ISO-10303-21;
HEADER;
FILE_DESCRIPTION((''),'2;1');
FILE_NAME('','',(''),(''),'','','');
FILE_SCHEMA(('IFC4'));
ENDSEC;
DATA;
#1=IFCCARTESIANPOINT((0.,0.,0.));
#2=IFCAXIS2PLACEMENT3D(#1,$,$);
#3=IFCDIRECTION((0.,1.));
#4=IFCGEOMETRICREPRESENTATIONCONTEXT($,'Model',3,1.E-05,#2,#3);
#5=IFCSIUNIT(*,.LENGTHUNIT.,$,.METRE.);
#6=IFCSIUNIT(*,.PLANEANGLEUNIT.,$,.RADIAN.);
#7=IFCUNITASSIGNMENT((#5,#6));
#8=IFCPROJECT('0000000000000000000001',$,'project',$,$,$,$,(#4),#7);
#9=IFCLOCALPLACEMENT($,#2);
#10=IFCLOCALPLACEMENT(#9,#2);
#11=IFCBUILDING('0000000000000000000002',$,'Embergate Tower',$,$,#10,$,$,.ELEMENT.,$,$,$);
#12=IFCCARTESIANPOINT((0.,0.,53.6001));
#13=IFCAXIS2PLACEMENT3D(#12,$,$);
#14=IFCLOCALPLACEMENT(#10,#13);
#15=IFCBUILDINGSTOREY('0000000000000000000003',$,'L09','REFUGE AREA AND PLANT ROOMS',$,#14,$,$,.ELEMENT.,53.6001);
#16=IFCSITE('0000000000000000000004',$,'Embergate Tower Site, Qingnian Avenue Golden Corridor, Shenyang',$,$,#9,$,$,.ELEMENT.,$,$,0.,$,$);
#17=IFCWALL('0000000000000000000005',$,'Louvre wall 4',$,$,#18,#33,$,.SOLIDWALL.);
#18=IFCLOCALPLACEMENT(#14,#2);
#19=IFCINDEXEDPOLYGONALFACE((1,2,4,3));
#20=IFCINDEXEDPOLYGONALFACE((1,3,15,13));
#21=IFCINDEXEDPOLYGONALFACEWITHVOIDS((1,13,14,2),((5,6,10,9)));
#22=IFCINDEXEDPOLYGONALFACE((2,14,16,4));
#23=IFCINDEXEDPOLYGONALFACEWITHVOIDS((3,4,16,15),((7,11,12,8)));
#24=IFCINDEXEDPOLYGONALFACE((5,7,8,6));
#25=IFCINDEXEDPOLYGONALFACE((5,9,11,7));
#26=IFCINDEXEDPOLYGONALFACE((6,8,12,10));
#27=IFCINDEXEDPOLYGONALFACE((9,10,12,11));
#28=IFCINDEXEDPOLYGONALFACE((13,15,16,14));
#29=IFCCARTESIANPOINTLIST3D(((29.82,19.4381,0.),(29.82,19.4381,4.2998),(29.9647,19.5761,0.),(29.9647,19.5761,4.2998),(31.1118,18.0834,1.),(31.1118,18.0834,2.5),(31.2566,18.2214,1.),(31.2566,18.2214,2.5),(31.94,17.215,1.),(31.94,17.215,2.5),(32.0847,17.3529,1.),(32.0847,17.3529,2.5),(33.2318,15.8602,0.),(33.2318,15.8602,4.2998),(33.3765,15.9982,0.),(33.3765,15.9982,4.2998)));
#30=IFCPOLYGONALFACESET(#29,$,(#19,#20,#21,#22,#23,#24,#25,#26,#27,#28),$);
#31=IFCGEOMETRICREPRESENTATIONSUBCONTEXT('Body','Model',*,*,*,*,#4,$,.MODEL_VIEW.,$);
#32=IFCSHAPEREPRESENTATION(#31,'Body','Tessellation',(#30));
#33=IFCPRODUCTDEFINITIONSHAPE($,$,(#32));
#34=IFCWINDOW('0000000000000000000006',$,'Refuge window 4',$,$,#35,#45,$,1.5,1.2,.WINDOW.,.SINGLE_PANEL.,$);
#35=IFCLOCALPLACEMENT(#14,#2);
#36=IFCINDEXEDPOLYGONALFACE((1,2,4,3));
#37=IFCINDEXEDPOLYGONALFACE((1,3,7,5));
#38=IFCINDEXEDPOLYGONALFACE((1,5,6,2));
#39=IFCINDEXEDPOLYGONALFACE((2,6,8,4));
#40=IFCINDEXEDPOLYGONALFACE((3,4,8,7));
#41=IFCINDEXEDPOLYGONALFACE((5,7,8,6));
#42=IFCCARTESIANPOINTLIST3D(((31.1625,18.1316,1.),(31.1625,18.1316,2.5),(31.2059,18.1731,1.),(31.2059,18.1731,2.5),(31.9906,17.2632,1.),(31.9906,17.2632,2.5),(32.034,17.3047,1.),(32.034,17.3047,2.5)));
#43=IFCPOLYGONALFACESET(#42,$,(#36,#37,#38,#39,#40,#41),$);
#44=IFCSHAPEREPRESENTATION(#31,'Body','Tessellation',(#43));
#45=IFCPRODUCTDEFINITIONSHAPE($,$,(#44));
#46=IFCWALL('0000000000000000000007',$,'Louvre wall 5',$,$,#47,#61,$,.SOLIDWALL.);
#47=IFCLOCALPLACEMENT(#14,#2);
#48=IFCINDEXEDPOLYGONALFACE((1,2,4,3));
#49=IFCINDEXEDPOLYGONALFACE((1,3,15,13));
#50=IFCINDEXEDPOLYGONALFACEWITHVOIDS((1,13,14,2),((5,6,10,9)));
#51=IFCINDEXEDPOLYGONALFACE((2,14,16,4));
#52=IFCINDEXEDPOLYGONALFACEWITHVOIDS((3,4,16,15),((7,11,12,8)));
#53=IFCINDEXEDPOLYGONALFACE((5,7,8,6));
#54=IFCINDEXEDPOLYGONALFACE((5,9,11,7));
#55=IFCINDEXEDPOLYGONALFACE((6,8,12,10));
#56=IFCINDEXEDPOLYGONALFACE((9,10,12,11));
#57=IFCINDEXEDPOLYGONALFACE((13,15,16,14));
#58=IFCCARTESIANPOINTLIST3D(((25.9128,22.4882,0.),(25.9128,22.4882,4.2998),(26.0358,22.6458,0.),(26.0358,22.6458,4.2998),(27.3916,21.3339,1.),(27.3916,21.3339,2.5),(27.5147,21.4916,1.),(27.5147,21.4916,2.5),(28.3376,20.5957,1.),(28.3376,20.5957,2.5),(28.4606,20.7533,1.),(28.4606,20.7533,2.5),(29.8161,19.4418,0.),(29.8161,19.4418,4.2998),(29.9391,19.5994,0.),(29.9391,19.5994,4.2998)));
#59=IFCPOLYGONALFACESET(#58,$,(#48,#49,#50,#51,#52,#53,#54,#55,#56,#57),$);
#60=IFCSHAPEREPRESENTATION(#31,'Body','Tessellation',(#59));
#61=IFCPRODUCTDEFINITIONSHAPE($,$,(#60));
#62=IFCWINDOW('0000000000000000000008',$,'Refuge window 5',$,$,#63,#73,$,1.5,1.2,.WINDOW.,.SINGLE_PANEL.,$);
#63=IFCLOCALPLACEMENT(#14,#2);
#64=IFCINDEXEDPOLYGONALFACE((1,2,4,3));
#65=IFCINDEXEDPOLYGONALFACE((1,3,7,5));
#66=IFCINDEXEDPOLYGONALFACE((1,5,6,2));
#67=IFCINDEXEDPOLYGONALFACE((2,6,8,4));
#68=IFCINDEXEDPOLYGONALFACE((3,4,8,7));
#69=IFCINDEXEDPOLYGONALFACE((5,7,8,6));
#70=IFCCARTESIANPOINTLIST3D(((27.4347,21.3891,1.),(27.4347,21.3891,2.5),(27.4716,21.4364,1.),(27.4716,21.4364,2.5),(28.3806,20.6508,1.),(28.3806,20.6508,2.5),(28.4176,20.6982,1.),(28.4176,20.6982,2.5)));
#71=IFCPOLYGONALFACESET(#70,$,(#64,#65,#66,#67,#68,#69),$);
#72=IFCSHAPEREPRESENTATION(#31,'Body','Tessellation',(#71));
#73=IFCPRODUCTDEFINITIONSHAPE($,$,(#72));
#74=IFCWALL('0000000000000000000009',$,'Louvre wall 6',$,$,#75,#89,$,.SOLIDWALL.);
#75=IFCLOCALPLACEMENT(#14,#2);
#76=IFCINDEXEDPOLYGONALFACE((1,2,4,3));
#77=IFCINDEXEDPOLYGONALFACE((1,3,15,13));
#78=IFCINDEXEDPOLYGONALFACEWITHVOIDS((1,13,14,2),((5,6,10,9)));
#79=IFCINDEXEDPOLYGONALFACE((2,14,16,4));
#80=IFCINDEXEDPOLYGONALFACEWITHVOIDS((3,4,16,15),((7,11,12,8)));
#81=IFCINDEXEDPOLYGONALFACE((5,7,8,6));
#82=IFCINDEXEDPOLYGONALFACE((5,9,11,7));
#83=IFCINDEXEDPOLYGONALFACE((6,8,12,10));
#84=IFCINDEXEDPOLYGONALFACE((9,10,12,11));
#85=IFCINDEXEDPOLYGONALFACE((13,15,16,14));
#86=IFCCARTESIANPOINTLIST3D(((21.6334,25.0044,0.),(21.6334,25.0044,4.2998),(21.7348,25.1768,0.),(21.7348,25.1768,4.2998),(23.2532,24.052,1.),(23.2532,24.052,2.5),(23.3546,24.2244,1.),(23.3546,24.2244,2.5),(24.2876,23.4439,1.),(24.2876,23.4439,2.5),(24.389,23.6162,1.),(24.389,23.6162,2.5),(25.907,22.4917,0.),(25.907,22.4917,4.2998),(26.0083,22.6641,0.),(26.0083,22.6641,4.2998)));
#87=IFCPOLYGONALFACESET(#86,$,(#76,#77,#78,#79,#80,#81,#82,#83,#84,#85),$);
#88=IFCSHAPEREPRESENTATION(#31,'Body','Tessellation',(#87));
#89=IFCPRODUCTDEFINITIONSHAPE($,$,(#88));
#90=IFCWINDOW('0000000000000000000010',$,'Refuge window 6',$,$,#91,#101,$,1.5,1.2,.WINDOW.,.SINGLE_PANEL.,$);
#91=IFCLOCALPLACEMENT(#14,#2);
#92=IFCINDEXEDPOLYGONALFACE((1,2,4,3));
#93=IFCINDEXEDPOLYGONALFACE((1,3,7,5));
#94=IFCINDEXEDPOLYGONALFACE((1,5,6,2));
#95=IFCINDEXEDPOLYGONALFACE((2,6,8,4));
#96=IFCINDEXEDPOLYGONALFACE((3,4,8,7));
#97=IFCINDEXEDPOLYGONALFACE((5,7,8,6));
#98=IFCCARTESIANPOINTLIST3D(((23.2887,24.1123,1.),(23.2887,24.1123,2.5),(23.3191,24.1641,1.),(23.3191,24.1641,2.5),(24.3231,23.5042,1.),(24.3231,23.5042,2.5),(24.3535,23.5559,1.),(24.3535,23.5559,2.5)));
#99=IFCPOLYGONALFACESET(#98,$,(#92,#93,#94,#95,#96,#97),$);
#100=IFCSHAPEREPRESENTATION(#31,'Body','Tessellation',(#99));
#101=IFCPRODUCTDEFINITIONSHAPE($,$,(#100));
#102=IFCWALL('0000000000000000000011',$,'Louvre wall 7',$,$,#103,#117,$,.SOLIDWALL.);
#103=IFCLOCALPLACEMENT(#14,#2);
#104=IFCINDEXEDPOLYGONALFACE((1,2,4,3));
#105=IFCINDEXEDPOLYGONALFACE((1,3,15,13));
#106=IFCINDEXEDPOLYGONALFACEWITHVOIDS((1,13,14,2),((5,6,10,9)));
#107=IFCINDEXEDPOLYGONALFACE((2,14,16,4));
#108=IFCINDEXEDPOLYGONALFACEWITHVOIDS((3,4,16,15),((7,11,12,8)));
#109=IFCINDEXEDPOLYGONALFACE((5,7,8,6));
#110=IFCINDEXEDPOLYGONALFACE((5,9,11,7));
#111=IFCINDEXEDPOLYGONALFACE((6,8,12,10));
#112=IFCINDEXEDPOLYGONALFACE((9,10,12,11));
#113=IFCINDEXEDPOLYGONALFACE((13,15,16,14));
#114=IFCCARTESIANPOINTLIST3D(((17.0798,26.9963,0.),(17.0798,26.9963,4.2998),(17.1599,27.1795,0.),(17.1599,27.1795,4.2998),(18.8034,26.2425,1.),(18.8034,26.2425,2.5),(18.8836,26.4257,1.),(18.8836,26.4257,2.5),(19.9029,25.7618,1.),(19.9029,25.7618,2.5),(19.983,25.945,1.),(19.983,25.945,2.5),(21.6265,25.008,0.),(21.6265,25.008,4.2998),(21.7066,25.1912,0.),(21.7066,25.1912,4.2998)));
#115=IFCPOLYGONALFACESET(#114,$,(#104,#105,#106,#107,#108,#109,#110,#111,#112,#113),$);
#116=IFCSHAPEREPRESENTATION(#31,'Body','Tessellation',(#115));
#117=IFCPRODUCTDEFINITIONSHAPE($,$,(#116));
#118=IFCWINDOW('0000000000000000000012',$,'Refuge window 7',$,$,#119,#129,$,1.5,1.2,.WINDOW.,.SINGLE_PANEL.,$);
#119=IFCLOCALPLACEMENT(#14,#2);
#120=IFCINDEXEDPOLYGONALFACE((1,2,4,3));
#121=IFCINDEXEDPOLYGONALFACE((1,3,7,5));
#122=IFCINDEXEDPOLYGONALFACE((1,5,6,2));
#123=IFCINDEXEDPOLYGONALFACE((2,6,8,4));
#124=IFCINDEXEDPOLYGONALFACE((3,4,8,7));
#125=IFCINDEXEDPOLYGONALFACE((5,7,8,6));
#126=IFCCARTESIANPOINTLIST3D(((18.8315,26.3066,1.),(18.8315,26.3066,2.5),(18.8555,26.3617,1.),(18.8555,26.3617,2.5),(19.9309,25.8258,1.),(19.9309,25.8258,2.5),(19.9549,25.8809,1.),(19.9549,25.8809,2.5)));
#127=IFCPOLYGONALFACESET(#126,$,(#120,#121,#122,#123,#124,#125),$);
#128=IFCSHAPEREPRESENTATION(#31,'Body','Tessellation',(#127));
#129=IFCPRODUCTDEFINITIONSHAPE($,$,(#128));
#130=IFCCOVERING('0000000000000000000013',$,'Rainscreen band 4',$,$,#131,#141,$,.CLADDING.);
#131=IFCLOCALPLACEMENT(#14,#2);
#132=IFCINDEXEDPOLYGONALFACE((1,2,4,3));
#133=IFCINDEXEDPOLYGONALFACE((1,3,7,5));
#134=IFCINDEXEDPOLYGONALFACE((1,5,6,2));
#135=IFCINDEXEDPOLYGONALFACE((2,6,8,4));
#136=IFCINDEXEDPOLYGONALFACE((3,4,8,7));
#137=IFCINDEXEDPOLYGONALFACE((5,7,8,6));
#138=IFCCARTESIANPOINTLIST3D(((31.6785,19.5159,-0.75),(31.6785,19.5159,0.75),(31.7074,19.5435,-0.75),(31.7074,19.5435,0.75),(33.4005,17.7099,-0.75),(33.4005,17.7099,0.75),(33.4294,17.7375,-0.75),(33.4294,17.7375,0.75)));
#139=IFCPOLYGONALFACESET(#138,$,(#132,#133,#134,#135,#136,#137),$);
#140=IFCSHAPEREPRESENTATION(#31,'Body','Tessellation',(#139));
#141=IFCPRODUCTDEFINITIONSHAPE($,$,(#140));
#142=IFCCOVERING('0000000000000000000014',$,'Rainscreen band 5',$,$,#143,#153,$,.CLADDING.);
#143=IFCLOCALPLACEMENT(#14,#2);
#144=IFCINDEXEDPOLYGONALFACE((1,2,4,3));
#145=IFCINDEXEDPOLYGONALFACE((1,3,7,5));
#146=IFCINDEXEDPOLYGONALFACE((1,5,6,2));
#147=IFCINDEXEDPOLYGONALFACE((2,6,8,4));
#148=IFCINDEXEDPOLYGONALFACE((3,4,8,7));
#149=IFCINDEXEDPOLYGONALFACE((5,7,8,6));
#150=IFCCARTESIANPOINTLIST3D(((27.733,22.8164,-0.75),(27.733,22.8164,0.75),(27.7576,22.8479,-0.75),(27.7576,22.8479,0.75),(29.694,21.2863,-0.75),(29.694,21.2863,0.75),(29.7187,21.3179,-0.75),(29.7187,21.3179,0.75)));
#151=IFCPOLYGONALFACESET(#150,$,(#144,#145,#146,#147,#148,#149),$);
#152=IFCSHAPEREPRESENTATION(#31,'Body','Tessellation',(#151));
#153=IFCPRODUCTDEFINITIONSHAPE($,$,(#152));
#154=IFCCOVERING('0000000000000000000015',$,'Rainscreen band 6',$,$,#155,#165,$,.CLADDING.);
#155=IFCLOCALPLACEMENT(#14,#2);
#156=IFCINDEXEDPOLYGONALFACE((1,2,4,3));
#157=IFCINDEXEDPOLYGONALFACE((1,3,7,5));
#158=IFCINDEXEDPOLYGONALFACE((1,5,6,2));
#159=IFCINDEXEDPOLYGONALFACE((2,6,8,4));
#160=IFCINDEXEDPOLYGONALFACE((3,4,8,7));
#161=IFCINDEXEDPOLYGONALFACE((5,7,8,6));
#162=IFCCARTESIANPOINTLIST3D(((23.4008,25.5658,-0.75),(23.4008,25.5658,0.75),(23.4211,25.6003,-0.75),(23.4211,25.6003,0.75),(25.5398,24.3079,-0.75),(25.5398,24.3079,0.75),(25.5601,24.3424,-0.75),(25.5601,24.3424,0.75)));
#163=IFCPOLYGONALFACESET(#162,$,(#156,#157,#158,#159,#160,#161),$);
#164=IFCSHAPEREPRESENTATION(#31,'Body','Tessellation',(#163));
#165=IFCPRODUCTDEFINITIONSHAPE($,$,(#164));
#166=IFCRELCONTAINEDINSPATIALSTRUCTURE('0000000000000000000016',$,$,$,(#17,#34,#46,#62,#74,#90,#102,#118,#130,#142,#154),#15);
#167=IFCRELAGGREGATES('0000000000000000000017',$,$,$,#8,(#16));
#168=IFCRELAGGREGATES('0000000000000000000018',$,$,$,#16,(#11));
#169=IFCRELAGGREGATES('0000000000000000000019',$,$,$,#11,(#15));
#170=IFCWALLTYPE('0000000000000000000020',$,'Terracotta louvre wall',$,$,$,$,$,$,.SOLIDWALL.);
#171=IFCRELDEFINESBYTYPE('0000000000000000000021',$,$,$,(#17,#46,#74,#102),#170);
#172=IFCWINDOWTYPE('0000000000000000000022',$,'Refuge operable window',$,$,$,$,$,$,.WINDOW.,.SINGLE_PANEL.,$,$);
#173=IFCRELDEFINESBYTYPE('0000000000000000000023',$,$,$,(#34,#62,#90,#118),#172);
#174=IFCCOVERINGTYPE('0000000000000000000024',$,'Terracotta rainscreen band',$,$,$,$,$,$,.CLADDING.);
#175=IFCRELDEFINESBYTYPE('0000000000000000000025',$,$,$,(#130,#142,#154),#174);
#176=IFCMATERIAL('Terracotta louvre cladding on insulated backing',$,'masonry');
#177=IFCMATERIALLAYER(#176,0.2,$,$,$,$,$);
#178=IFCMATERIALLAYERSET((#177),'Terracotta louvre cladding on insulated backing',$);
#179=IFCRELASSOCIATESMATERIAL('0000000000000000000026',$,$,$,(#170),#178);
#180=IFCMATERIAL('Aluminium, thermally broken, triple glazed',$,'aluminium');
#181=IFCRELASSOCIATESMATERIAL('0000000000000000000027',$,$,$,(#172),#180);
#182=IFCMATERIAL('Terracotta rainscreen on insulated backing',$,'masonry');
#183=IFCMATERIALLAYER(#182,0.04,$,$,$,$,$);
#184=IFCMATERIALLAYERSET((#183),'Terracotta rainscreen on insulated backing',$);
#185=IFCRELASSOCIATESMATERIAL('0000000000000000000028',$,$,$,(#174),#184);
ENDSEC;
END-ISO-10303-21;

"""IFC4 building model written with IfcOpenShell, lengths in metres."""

from ifc_helpers import new_model, si_unit, direction, frame, frame_2d, origin, origin_2d, place, context, subcontext, project, spatial, rectangle, extrude, source, transform, mapped, material, layer, layer_set, type_object, element, fill, save


model = new_model("IFC4")

# Units and contexts
model_context = context("Model", 3, precision=1e-05, world=origin(), true_north=direction((0.0, 1.0)))
body_context = subcontext(model_context, "Body", "Model", "MODEL_VIEW")
ifc_project = project(units=[si_unit("LENGTHUNIT", "METRE"), si_unit("PLANEANGLEUNIT", "RADIAN")], contexts=[model_context])

# Site, building, storey
site_placement = place(None, origin())
site = spatial("IfcSite", under=ifc_project, at=site_placement, Name="Embergate Tower Site, Qingnian Avenue Golden Corridor, Shenyang", CompositionType="ELEMENT", RefElevation=0.0)
building_placement = place(site_placement, origin())
building = spatial("IfcBuilding", under=site, at=building_placement, Name="Embergate Tower", CompositionType="ELEMENT")
storey_placement = place(building_placement, frame((0.0, 0.0, 53.6001)))
storey = spatial("IfcBuildingStorey", under=building, at=storey_placement, Name="L09", Description="REFUGE AREA AND PLANT ROOMS", CompositionType="ELEMENT", Elevation=53.6001)

# Walls, openings, windows
ifc_material_1 = material(Name="Terracotta louvre cladding on insulated backing", Category="masonry")
ifc_layer_1 = layer(ifc_material_1, 0.2)
ifc_layer_set_1 = layer_set([ifc_layer_1], Name="Terracotta louvre cladding on insulated backing")
wall_type = type_object("IfcWallType", Name="Terracotta louvre wall", PredefinedType="SOLIDWALL", material=ifc_layer_set_1)
shared_shape_1 = source(origin(), body_context, "Body", "SweptSolid", [
    extrude(rectangle(XDim=4.9438, YDim=0.2, at=frame_2d((2.4719, 0.0))), origin(), (0.0, 0.0, 1.0), 4.2998),
])
wall_1_placement = place(storey_placement, frame((29.8923, 19.5071, 0.0), z_axis=(0.0, 0.0, 1.0), x_axis=(0.690117, -0.723697, 0.0)))
wall_1 = element("IfcWall", 1, at=wall_1_placement, inside=storey, type_object=wall_type, Name="Louvre wall 4", PredefinedType="SOLIDWALL", context=body_context, shape_type="MappedRepresentation", body=[
    mapped(shared_shape_1, transform((0.0, 0.0, 0.0))),
])
shared_shape_2 = source(origin(), body_context, "Body", "SweptSolid", [
    extrude(rectangle(XDim=1.2, YDim=1.5, at=frame_2d((0.6001, 0.75))), frame((0.0, 0.1099, 0.0), z_axis=(0.0, -1.0, 0.0), x_axis=(1.0, 0.0, 0.0)), (0.0, 0.0, 1.0), 0.22),
])
opening_1_placement = place(wall_1_placement, frame((1.8718, 0.0, 1.0)))
opening_1 = element("IfcOpeningElement", 2, at=opening_1_placement, cuts=wall_1, PredefinedType="OPENING", context=body_context, shape_type="MappedRepresentation", body=[
    mapped(shared_shape_2, transform((0.0, 0.0, 0.0))),
])
ifc_material_2 = material(Name="Aluminium, thermally broken, triple glazed", Category="aluminium")
window_type = type_object("IfcWindowType", Name="Refuge operable window", PartitioningType="SINGLE_PANEL", PredefinedType="WINDOW", material=ifc_material_2)
shared_shape_3 = source(origin(), body_context, "Body", "SweptSolid", [
    extrude(rectangle(XDim=1.2, YDim=1.5, at=frame_2d((0.6001, 0.75))), frame((0.0, 0.03, 0.0), z_axis=(0.0, -1.0, 0.0), x_axis=(1.0, 0.0, 0.0)), (0.0, 0.0, 1.0), 0.0601),
])
window_1_placement = place(opening_1_placement, origin())
window_1 = element("IfcWindow", 3, at=window_1_placement, inside=storey, type_object=window_type, Name="Refuge window 4", OverallHeight=1.5, OverallWidth=1.2, PartitioningType="SINGLE_PANEL", PredefinedType="WINDOW", context=body_context, shape_type="MappedRepresentation", body=[
    mapped(shared_shape_3, transform((0.0, 0.0, 0.0))),
])
fill(opening_1, window_1)
shared_shape_4 = source(origin(), body_context, "Body", "SweptSolid", [
    extrude(rectangle(XDim=4.9514, YDim=0.2, at=frame_2d((2.4756, 0.0))), origin(), (0.0, 0.0, 1.0), 4.2998),
])
wall_2_placement = place(storey_placement, frame((25.9744, 22.5669, 0.0), z_axis=(0.0, 0.0, 1.0), x_axis=(0.788326, -0.615257, 0.0)))
wall_2 = element("IfcWall", 4, at=wall_2_placement, inside=storey, type_object=wall_type, Name="Louvre wall 5", PredefinedType="SOLIDWALL", context=body_context, shape_type="MappedRepresentation", body=[
    mapped(shared_shape_4, transform((0.0, 0.0, 0.0))),
])
opening_2_placement = place(wall_2_placement, frame((1.8757, 0.0, 1.0)))
opening_2 = element("IfcOpeningElement", 5, at=opening_2_placement, cuts=wall_2, PredefinedType="OPENING", context=body_context, shape_type="MappedRepresentation", body=[
    mapped(shared_shape_2, transform((0.0, 0.0, 0.0))),
])
window_2_placement = place(opening_2_placement, origin())
window_2 = element("IfcWindow", 6, at=window_2_placement, inside=storey, type_object=window_type, Name="Refuge window 5", OverallHeight=1.5, OverallWidth=1.2, PartitioningType="SINGLE_PANEL", PredefinedType="WINDOW", context=body_context, shape_type="MappedRepresentation", body=[
    mapped(shared_shape_3, transform((0.0, 0.0, 0.0))),
])
fill(opening_2, window_2)
shared_shape_5 = source(origin(), body_context, "Body", "SweptSolid", [
    extrude(rectangle(XDim=4.9575, YDim=0.2, at=frame_2d((2.4788, 0.0))), origin(), (0.0, 0.0, 1.0), 4.2998),
])
wall_3_placement = place(storey_placement, frame((21.6841, 25.0906, 0.0), z_axis=(0.0, 0.0, 1.0), x_axis=(0.862043, -0.506835, 0.0)))
wall_3 = element("IfcWall", 7, at=wall_3_placement, inside=storey, type_object=wall_type, Name="Louvre wall 6", PredefinedType="SOLIDWALL", context=body_context, shape_type="MappedRepresentation", body=[
    mapped(shared_shape_5, transform((0.0, 0.0, 0.0))),
])
opening_3_placement = place(wall_3_placement, frame((1.8789, 0.0, 1.0)))
opening_3 = element("IfcOpeningElement", 8, at=opening_3_placement, cuts=wall_3, PredefinedType="OPENING", context=body_context, shape_type="MappedRepresentation", body=[
    mapped(shared_shape_2, transform((0.0, 0.0, 0.0))),
])
window_3_placement = place(opening_3_placement, origin())
window_3 = element("IfcWindow", 9, at=window_3_placement, inside=storey, type_object=window_type, Name="Refuge window 6", OverallHeight=1.5, OverallWidth=1.2, PartitioningType="SINGLE_PANEL", PredefinedType="WINDOW", context=body_context, shape_type="MappedRepresentation", body=[
    mapped(shared_shape_3, transform((0.0, 0.0, 0.0))),
])
fill(opening_3, window_3)
shared_shape_6 = source(origin(), body_context, "Body", "SweptSolid", [
    extrude(rectangle(XDim=4.9624, YDim=0.2, at=frame_2d((2.4812, 0.0))), origin(), (0.0, 0.0, 1.0), 4.2998),
])
wall_4_placement = place(storey_placement, frame((17.1199, 27.0879, 0.0), z_axis=(0.0, 0.0, 1.0), x_axis=(0.916222, -0.400672, 0.0)))
wall_4 = element("IfcWall", 10, at=wall_4_placement, inside=storey, type_object=wall_type, Name="Louvre wall 7", PredefinedType="SOLIDWALL", context=body_context, shape_type="MappedRepresentation", body=[
    mapped(shared_shape_6, transform((0.0, 0.0, 0.0))),
])
opening_4_placement = place(wall_4_placement, frame((1.8811, 0.0, 1.0)))
opening_4 = element("IfcOpeningElement", 11, at=opening_4_placement, cuts=wall_4, PredefinedType="OPENING", context=body_context, shape_type="MappedRepresentation", body=[
    mapped(shared_shape_2, transform((0.0, 0.0, 0.0))),
])
window_4_placement = place(opening_4_placement, origin())
window_4 = element("IfcWindow", 12, at=window_4_placement, inside=storey, type_object=window_type, Name="Refuge window 7", OverallHeight=1.5, OverallWidth=1.2, PartitioningType="SINGLE_PANEL", PredefinedType="WINDOW", context=body_context, shape_type="MappedRepresentation", body=[
    mapped(shared_shape_3, transform((0.0, 0.0, 0.0))),
])
fill(opening_4, window_4)

# Coverings
ifc_material_3 = material(Name="Terracotta rainscreen on insulated backing", Category="masonry")
ifc_layer_2 = layer(ifc_material_3, 0.04)
ifc_layer_set_2 = layer_set([ifc_layer_2], Name="Terracotta rainscreen on insulated backing")
covering_type = type_object("IfcCoveringType", Name="Terracotta rainscreen band", PredefinedType="CLADDING", material=ifc_layer_set_2)
shared_shape_7 = source(origin(), body_context, "Body", "SweptSolid", [
    extrude(rectangle(XDim=2.4954, YDim=0.04, at=origin_2d()), origin(), (0.0, 0.0, 1.0), 1.5),
])
covering_1_placement = place(storey_placement, frame((32.554, 18.6267, -0.75), z_axis=(0.0, 0.0, 1.0), x_axis=(-0.690076, 0.723737, 0.0)))
element("IfcCovering", 13, at=covering_1_placement, inside=storey, type_object=covering_type, Name="Rainscreen band 4", PredefinedType="CLADDING", context=body_context, shape_type="MappedRepresentation", body=[
    mapped(shared_shape_7, transform((0.0, 0.0, 0.0))),
])
shared_shape_8 = source(origin(), body_context, "Body", "SweptSolid", [
    extrude(rectangle(XDim=2.4873, YDim=0.04, at=origin_2d()), origin(), (0.0, 0.0, 1.0), 1.5),
])
covering_2_placement = place(storey_placement, frame((28.7258, 22.0671, -0.75), z_axis=(0.0, 0.0, 1.0), x_axis=(-0.78842, 0.615137, 0.0)))
element("IfcCovering", 14, at=covering_2_placement, inside=storey, type_object=covering_type, Name="Rainscreen band 5", PredefinedType="CLADDING", context=body_context, shape_type="MappedRepresentation", body=[
    mapped(shared_shape_8, transform((0.0, 0.0, 0.0))),
])
shared_shape_9 = source(origin(), body_context, "Body", "SweptSolid", [
    extrude(rectangle(XDim=2.4814, YDim=0.04, at=origin_2d()), origin(), (0.0, 0.0, 1.0), 1.5),
])
covering_3_placement = place(storey_placement, frame((24.4805, 24.9541, -0.75), z_axis=(0.0, 0.0, 1.0), x_axis=(-0.861975, 0.50695, 0.0)))
element("IfcCovering", 15, at=covering_3_placement, inside=storey, type_object=covering_type, Name="Rainscreen band 6", PredefinedType="CLADDING", context=body_context, shape_type="MappedRepresentation", body=[
    mapped(shared_shape_9, transform((0.0, 0.0, 0.0))),
])

save(model, "model.ifc")
